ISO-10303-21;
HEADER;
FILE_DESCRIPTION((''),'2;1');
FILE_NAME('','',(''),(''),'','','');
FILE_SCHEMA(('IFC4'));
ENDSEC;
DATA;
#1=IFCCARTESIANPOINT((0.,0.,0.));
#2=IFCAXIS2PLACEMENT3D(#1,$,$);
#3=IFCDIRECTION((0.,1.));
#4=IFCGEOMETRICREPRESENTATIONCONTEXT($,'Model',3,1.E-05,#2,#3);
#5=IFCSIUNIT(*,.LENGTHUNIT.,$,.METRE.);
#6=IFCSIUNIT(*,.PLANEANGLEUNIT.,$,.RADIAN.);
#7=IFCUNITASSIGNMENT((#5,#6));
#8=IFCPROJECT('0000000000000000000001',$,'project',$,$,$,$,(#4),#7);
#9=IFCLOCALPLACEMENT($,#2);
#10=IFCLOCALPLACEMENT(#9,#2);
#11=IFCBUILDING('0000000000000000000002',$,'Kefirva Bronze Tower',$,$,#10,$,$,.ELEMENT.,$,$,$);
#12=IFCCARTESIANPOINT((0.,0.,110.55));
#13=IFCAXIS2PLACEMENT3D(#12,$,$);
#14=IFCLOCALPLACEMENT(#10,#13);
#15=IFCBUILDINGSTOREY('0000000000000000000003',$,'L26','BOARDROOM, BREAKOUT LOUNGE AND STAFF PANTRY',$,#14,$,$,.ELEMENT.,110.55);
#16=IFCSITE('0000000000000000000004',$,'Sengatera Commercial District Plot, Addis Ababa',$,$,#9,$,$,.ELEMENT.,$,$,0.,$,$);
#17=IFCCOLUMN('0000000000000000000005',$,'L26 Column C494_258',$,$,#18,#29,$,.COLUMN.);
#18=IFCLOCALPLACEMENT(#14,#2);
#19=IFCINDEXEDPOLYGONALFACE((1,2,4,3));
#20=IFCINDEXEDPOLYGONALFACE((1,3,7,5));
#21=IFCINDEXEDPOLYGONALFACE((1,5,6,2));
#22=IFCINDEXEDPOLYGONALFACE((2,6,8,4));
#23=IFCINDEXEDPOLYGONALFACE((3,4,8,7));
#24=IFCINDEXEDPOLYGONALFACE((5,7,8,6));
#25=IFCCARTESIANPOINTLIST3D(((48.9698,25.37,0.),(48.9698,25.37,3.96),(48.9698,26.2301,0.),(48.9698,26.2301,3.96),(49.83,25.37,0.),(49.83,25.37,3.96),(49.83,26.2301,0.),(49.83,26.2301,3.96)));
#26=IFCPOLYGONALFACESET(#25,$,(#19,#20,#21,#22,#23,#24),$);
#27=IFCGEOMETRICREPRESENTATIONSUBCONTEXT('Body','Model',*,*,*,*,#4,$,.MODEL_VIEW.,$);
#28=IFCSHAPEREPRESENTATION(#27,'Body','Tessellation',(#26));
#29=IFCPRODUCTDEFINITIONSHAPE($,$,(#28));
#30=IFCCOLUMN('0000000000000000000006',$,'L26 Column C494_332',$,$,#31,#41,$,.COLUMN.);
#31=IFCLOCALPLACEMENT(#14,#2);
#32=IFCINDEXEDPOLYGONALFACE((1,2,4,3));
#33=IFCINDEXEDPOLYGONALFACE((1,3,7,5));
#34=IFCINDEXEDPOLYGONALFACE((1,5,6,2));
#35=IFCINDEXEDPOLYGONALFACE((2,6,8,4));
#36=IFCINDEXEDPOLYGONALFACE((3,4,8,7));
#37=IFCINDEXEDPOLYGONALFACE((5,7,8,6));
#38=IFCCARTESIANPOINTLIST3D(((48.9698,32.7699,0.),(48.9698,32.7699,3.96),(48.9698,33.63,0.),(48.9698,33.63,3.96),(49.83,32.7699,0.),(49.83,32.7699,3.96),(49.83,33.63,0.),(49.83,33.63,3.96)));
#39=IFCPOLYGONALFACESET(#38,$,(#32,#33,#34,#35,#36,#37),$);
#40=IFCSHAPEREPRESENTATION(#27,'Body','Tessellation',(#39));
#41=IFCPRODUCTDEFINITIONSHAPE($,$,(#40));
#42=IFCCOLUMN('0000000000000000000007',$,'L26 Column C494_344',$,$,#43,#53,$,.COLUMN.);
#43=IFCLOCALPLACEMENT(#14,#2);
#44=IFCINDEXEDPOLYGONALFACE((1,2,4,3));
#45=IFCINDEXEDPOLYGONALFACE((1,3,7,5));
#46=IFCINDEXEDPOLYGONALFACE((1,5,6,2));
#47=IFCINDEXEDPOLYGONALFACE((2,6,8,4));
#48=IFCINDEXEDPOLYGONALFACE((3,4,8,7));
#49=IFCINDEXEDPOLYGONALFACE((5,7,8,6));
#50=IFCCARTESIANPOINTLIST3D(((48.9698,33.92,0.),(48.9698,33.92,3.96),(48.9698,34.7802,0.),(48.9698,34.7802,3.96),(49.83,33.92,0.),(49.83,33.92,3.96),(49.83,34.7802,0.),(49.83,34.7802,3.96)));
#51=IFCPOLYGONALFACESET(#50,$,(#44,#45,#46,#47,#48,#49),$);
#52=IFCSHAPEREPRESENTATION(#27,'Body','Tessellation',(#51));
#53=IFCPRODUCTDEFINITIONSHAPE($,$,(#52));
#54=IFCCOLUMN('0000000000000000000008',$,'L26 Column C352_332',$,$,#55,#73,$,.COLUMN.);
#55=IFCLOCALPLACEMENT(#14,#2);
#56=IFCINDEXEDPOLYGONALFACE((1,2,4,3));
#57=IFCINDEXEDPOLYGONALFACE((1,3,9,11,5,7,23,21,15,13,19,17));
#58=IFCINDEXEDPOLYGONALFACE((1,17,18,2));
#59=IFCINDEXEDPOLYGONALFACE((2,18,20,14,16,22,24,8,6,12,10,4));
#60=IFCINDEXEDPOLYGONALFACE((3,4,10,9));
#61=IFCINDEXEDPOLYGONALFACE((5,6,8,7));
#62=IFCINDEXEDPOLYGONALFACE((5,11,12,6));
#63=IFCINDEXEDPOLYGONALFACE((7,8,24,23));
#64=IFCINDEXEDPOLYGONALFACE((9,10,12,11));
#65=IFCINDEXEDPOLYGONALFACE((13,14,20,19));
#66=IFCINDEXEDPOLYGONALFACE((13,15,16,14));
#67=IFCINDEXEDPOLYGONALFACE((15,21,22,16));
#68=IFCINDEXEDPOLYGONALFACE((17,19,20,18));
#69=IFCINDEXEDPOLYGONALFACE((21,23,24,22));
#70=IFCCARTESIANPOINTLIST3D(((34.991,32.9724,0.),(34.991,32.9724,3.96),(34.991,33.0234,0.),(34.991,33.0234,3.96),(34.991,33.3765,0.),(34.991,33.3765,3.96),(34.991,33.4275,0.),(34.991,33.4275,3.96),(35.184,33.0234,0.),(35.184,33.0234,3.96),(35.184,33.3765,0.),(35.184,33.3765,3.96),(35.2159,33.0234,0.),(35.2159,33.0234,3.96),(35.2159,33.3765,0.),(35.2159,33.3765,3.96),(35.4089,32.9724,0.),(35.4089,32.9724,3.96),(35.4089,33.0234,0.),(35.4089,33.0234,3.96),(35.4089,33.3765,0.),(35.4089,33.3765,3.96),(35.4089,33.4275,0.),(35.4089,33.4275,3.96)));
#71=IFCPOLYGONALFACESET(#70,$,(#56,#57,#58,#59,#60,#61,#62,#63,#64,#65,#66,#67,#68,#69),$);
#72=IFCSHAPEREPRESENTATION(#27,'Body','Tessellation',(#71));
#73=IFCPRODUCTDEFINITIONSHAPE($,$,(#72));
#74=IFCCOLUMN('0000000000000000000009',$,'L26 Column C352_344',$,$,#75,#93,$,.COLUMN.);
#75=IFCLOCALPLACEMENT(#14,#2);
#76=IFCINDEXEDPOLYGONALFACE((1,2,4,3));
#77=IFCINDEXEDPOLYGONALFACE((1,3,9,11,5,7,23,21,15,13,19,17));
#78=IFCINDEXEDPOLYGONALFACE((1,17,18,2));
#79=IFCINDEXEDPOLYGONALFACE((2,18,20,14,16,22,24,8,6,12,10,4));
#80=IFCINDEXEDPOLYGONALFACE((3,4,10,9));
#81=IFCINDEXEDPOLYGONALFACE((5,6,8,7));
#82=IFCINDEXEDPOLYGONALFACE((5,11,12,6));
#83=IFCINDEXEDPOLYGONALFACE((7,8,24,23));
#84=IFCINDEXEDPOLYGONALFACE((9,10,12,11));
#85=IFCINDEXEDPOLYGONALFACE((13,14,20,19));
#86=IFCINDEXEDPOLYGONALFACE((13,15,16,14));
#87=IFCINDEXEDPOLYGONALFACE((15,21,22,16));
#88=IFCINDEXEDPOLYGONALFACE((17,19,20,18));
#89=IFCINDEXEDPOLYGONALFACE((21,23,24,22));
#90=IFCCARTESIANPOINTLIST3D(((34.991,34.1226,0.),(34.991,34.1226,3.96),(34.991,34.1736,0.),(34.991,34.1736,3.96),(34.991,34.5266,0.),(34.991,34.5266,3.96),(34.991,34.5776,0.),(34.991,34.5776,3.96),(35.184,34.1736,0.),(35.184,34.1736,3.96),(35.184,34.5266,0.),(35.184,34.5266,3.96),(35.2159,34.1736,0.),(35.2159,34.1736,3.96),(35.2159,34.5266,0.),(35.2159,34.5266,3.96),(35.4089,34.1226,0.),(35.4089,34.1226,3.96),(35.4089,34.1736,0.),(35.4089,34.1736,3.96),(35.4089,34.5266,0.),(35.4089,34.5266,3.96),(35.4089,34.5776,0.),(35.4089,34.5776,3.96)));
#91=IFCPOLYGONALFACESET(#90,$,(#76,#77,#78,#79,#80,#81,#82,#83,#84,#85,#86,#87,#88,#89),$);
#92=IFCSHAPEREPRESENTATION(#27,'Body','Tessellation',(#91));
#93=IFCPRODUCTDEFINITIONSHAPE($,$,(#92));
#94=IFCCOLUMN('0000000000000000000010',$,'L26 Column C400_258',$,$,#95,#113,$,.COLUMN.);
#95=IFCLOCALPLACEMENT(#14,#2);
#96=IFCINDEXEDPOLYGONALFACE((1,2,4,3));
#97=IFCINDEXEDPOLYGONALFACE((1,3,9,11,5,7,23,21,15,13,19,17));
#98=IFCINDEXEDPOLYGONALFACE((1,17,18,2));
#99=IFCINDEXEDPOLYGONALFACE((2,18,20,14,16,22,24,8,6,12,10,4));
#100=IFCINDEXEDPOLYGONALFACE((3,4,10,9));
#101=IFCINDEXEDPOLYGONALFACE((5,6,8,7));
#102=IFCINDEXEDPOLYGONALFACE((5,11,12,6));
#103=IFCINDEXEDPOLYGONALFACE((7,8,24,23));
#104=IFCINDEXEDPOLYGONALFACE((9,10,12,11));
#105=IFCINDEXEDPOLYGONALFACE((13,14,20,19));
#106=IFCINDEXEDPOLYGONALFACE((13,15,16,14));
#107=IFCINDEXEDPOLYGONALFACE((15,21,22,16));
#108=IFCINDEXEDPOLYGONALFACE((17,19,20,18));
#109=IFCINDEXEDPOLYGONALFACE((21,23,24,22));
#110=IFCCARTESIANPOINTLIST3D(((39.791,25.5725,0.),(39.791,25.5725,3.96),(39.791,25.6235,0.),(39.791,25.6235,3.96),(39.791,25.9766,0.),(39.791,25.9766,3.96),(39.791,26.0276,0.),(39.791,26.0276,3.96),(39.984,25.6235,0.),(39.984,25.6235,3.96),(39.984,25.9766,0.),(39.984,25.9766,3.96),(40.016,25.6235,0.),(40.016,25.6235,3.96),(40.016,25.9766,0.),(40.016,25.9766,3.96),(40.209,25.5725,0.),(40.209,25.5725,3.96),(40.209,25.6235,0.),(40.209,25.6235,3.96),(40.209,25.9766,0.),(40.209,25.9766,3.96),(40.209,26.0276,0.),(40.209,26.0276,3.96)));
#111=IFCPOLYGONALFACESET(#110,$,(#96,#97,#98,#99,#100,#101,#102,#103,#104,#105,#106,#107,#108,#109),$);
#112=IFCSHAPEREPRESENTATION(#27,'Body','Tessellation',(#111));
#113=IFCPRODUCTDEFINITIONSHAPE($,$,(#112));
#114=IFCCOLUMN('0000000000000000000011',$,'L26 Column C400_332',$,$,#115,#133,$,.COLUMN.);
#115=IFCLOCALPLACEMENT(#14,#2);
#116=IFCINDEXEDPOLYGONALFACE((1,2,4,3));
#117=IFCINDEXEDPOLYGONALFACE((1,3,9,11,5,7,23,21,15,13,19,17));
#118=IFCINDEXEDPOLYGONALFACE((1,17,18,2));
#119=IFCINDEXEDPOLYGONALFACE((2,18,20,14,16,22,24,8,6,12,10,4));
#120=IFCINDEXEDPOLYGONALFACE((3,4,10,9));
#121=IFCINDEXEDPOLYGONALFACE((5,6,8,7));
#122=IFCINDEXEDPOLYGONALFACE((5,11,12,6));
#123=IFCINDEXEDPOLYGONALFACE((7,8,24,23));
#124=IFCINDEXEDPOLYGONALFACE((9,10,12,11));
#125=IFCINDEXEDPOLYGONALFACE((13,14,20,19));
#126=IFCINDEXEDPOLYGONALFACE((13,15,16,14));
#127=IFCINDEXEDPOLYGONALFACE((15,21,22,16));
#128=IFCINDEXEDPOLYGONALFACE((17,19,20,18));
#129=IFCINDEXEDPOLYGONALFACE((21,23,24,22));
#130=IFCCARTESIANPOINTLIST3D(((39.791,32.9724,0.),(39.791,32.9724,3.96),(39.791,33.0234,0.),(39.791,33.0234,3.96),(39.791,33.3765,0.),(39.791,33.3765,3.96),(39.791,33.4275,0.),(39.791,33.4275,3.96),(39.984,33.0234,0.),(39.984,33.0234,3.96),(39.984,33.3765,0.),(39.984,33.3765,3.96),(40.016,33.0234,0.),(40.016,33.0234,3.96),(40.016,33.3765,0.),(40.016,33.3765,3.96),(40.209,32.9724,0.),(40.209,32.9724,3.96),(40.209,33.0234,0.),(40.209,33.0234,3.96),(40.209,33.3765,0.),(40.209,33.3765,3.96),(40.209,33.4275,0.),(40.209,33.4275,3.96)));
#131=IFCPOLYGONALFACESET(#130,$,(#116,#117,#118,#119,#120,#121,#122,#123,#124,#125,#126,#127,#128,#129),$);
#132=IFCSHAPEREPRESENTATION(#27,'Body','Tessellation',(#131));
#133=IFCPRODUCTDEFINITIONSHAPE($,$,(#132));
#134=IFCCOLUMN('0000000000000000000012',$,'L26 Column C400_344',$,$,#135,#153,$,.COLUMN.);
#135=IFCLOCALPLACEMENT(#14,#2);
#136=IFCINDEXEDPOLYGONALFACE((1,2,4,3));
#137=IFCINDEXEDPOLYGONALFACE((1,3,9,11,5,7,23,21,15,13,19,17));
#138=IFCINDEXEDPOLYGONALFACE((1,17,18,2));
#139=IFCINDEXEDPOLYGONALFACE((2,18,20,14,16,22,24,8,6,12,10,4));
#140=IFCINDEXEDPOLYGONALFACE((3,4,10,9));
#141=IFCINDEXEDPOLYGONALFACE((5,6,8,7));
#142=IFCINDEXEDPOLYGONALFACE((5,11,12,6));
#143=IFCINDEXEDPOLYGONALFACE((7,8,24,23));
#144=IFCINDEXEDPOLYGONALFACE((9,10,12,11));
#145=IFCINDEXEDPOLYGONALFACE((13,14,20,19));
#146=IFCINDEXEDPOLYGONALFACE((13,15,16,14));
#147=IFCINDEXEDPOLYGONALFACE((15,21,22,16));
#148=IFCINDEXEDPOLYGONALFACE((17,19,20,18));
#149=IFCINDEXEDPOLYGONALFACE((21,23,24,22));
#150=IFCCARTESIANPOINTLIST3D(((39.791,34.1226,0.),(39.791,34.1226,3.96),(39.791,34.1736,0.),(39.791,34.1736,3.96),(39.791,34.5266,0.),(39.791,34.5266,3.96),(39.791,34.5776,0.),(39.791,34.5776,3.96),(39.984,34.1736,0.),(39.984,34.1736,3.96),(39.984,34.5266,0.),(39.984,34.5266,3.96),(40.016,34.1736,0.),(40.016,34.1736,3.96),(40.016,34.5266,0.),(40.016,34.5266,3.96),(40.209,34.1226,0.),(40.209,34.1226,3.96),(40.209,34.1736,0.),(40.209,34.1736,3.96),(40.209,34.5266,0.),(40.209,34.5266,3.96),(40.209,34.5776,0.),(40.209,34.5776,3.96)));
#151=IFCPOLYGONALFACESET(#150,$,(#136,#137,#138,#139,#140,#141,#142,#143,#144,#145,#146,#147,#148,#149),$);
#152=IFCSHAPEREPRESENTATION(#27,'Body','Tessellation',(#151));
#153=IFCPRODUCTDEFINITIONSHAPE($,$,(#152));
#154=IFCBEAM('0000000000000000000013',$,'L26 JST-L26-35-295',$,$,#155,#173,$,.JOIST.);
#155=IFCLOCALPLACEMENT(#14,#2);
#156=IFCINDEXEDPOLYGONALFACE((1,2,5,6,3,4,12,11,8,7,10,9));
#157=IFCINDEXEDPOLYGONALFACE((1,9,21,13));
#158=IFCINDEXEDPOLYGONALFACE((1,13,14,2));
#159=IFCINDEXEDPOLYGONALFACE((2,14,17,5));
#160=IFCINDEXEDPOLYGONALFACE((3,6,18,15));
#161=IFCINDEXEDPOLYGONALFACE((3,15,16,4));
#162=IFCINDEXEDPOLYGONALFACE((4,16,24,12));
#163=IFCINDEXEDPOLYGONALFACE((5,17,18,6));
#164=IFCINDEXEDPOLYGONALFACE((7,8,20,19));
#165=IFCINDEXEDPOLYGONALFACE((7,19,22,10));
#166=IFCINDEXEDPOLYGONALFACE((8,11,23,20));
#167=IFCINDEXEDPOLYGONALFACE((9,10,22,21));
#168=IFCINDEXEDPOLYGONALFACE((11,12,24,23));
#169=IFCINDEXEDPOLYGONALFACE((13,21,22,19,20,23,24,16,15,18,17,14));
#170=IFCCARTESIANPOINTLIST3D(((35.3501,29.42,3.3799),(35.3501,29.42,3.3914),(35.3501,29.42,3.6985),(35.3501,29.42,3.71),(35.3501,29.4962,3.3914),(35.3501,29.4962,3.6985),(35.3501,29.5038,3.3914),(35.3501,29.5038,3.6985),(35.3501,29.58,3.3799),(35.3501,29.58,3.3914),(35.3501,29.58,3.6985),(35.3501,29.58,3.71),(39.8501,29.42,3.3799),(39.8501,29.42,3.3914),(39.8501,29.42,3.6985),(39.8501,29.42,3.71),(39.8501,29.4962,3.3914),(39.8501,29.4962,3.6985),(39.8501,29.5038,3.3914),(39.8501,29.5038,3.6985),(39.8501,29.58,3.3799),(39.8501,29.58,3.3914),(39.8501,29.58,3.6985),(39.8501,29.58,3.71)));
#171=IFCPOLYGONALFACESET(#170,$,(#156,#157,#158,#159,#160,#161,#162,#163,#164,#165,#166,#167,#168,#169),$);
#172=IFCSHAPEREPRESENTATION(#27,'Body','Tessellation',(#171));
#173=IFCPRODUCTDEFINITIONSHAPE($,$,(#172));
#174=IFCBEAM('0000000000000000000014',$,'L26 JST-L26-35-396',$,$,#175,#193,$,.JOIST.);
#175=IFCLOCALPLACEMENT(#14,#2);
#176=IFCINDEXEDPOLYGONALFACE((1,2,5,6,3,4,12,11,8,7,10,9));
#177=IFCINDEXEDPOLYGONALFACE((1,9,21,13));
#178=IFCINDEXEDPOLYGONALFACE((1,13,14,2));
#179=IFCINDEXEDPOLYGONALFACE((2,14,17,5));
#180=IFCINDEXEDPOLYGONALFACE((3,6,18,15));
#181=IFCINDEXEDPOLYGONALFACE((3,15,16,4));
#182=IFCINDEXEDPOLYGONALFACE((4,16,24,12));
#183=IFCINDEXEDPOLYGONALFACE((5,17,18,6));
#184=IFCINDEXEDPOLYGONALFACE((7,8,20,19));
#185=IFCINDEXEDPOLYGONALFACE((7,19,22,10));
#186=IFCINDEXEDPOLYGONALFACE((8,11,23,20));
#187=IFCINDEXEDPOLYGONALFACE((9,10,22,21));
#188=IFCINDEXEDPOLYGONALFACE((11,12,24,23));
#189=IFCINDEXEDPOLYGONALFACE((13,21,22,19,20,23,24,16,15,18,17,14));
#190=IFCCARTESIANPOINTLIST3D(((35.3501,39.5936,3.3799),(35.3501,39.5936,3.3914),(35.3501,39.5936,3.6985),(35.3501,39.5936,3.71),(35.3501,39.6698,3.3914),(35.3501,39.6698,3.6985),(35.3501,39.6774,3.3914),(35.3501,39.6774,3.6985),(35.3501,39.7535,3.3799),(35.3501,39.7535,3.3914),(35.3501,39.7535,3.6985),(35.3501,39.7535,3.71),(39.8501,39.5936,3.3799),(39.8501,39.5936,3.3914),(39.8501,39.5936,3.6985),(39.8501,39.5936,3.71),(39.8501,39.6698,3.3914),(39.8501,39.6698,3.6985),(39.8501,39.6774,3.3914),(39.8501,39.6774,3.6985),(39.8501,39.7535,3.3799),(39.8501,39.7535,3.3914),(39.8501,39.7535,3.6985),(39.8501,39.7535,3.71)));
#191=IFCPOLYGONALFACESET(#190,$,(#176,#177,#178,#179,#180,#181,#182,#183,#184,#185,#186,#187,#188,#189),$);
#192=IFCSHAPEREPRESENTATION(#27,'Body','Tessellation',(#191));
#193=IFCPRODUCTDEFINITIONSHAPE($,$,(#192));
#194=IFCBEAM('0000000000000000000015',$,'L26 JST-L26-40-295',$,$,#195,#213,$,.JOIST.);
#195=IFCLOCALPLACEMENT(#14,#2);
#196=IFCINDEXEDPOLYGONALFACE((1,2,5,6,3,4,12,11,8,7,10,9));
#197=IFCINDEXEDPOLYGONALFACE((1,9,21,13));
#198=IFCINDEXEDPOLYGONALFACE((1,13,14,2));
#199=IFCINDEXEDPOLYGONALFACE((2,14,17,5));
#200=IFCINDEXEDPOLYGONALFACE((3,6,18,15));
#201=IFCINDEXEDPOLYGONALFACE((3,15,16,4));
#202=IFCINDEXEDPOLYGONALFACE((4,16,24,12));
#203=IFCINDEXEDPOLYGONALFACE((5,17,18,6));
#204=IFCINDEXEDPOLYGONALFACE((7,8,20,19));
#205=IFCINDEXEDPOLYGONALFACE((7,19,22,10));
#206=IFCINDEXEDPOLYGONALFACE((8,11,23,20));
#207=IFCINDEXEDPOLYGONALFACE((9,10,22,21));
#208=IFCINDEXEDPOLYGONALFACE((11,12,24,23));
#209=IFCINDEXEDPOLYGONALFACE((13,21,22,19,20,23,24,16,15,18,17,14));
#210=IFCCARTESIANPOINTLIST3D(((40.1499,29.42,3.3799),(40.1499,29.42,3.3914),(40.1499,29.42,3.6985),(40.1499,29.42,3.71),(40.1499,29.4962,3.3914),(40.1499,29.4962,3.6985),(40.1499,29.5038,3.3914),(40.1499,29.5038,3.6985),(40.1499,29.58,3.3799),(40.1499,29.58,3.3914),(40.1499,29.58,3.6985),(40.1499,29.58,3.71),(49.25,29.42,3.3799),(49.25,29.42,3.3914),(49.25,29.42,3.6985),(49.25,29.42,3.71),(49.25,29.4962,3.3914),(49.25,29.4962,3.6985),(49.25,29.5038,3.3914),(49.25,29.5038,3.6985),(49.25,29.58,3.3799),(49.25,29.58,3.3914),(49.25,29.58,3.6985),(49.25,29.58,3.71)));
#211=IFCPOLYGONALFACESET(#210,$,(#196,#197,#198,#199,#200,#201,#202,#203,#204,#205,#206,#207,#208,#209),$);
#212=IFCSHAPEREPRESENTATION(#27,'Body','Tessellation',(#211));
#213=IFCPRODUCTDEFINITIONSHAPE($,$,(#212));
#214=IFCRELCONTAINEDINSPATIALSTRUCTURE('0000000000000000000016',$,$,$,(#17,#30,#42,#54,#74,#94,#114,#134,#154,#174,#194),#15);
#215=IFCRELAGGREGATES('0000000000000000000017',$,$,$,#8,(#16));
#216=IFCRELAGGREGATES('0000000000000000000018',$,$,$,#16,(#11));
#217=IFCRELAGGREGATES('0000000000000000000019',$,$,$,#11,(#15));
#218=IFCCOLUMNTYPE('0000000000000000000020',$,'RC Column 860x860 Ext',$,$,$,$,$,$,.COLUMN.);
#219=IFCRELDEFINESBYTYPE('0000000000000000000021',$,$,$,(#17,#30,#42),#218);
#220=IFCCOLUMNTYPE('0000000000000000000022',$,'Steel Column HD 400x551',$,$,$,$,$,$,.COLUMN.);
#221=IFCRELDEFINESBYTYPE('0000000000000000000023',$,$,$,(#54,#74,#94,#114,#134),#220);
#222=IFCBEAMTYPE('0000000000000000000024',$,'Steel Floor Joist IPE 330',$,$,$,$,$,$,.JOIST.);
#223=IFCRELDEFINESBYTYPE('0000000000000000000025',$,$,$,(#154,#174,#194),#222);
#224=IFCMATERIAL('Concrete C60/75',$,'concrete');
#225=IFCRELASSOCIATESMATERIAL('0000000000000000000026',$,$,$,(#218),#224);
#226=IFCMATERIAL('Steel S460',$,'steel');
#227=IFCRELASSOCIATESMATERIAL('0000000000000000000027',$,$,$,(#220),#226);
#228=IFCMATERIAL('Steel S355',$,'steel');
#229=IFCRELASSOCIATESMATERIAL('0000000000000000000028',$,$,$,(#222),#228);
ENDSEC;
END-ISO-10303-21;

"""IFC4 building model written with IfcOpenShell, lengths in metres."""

from ifc_helpers import new_model, si_unit, direction, frame, origin, origin_2d, place, context, subcontext, project, spatial, rectangle, i_section, extrude, material, material_profile, profile_set, type_object, element, save


model = new_model("IFC4")

# Units and contexts
model_context = context("Model", 3, precision=1e-05, world=origin(), true_north=direction((0.0, 1.0)))
body_context = subcontext(model_context, "Body", "Model", "MODEL_VIEW")
ifc_project = project(units=[si_unit("LENGTHUNIT", "METRE"), si_unit("PLANEANGLEUNIT", "RADIAN")], contexts=[model_context])

# Site, building, storey
site_placement = place(None, origin())
site = spatial("IfcSite", under=ifc_project, at=site_placement, Name="Sengatera Commercial District Plot, Addis Ababa", CompositionType="ELEMENT", RefElevation=0.0)
building_placement = place(site_placement, origin())
building = spatial("IfcBuilding", under=site, at=building_placement, Name="Kefirva Bronze Tower", CompositionType="ELEMENT")
storey_placement = place(building_placement, frame((0.0, 0.0, 110.55)))
storey = spatial("IfcBuildingStorey", under=building, at=storey_placement, Name="L26", Description="BOARDROOM, BREAKOUT LOUNGE AND STAFF PANTRY", CompositionType="ELEMENT", Elevation=110.55)

# Columns
ifc_material_1 = material(Name="Concrete C60/75", Category="concrete")
ifc_material_profile_1 = material_profile(ifc_material_1, rectangle(XDim=0.8601, YDim=0.8601, at=origin_2d()), Name="RC 860x860")
ifc_profile_set_1 = profile_set([ifc_material_profile_1], Name="Concrete C60/75")
column_type_1 = type_object("IfcColumnType", Name="RC Column 860x860 Ext", PredefinedType="COLUMN", material=ifc_profile_set_1)
for number, where, z_axis, x_axis, name in (
    (1, (49.3999, 25.8, 0.0), (0.0, 0.0, 1.0), (1.0, 0.0, 0.0), "L26 Column C494_258"),
    (2, (49.3999, 33.2, 0.0), (0.0, 0.0, 1.0), (1.0, 0.0, 0.0), "L26 Column C494_332"),
    (3, (49.3999, 34.3501, 0.0), (0.0, 0.0, 1.0), (1.0, 0.0, 0.0), "L26 Column C494_344"),
):
    element("IfcColumn", number, at=place(storey_placement, frame(where, z_axis=z_axis, x_axis=x_axis)), inside=storey, type_object=column_type_1, Name=name, PredefinedType="COLUMN", context=body_context, shape_type="SweptSolid", body=[
        extrude(rectangle(XDim=0.8601, YDim=0.8601, at=origin_2d()), origin(), (0.0, 0.0, 1.0), 3.96),
    ])
ifc_material_2 = material(Name="Steel S460", Category="steel")
ifc_material_profile_2 = material_profile(ifc_material_2, i_section(OverallWidth=0.418, OverallDepth=0.4551, WebThickness=0.032, FlangeThickness=0.051, at=origin_2d()), Name="HD 400x551")
ifc_profile_set_2 = profile_set([ifc_material_profile_2], Name="Steel S460")
column_type_2 = type_object("IfcColumnType", Name="Steel Column HD 400x551", PredefinedType="COLUMN", material=ifc_profile_set_2)
for number, where, z_axis, x_axis, name in (
    (4, (35.2, 33.2, 0.0), (0.0, 0.0, 1.0), (1.0, 0.0, 0.0), "L26 Column C352_332"),
    (5, (35.2, 34.3501, 0.0), (0.0, 0.0, 1.0), (1.0, 0.0, 0.0), "L26 Column C352_344"),
    (6, (40.0, 25.8, 0.0), (0.0, 0.0, 1.0), (1.0, 0.0, 0.0), "L26 Column C400_258"),
    (7, (40.0, 33.2, 0.0), (0.0, 0.0, 1.0), (1.0, 0.0, 0.0), "L26 Column C400_332"),
    (8, (40.0, 34.3501, 0.0), (0.0, 0.0, 1.0), (1.0, 0.0, 0.0), "L26 Column C400_344"),
):
    element("IfcColumn", number, at=place(storey_placement, frame(where, z_axis=z_axis, x_axis=x_axis)), inside=storey, type_object=column_type_2, Name=name, PredefinedType="COLUMN", context=body_context, shape_type="SweptSolid", body=[
        extrude(i_section(OverallWidth=0.418, OverallDepth=0.4551, WebThickness=0.032, FlangeThickness=0.051, at=origin_2d()), origin(), (0.0, 0.0, 1.0), 3.96),
    ])

# Beams
ifc_material_3 = material(Name="Steel S355", Category="steel")
ifc_material_profile_3 = material_profile(ifc_material_3, i_section(OverallWidth=0.1599, OverallDepth=0.3301, WebThickness=0.0076, FlangeThickness=0.0115, at=origin_2d()), Name="IPE 330")
ifc_profile_set_3 = profile_set([ifc_material_profile_3], Name="Steel S355")
beam_type_1 = type_object("IfcBeamType", Name="Steel Floor Joist IPE 330", PredefinedType="JOIST", material=ifc_profile_set_3)
for number, where, z_axis, x_axis, name in (
    (9, (35.3501, 29.5, 3.5449), (1.0, 0.0, 0.0), (0.0, 1.0, 0.0), "L26 JST-L26-35-295"),
    (10, (35.3501, 39.6736, 3.5449), (1.0, 0.0, 0.0), (0.0, 1.0, 0.0), "L26 JST-L26-35-396"),
):
    element("IfcBeam", number, at=place(storey_placement, frame(where, z_axis=z_axis, x_axis=x_axis)), inside=storey, type_object=beam_type_1, Name=name, PredefinedType="JOIST", context=body_context, shape_type="SweptSolid", body=[
        extrude(i_section(OverallWidth=0.1599, OverallDepth=0.3301, WebThickness=0.0076, FlangeThickness=0.0115, at=origin_2d()), origin(), (0.0, 0.0, 1.0), 4.5),
    ])
beam_1_placement = place(storey_placement, frame((40.1499, 29.5, 3.5449), z_axis=(1.0, 0.0, 0.0), x_axis=(0.0, 1.0, 0.0)))
element("IfcBeam", 11, at=beam_1_placement, inside=storey, type_object=beam_type_1, Name="L26 JST-L26-40-295", PredefinedType="JOIST", context=body_context, shape_type="SweptSolid", body=[
    extrude(i_section(OverallWidth=0.1599, OverallDepth=0.3301, WebThickness=0.0076, FlangeThickness=0.0115, at=origin_2d()), origin(), (0.0, 0.0, 1.0), 9.1001),
])

save(model, "model.ifc")
